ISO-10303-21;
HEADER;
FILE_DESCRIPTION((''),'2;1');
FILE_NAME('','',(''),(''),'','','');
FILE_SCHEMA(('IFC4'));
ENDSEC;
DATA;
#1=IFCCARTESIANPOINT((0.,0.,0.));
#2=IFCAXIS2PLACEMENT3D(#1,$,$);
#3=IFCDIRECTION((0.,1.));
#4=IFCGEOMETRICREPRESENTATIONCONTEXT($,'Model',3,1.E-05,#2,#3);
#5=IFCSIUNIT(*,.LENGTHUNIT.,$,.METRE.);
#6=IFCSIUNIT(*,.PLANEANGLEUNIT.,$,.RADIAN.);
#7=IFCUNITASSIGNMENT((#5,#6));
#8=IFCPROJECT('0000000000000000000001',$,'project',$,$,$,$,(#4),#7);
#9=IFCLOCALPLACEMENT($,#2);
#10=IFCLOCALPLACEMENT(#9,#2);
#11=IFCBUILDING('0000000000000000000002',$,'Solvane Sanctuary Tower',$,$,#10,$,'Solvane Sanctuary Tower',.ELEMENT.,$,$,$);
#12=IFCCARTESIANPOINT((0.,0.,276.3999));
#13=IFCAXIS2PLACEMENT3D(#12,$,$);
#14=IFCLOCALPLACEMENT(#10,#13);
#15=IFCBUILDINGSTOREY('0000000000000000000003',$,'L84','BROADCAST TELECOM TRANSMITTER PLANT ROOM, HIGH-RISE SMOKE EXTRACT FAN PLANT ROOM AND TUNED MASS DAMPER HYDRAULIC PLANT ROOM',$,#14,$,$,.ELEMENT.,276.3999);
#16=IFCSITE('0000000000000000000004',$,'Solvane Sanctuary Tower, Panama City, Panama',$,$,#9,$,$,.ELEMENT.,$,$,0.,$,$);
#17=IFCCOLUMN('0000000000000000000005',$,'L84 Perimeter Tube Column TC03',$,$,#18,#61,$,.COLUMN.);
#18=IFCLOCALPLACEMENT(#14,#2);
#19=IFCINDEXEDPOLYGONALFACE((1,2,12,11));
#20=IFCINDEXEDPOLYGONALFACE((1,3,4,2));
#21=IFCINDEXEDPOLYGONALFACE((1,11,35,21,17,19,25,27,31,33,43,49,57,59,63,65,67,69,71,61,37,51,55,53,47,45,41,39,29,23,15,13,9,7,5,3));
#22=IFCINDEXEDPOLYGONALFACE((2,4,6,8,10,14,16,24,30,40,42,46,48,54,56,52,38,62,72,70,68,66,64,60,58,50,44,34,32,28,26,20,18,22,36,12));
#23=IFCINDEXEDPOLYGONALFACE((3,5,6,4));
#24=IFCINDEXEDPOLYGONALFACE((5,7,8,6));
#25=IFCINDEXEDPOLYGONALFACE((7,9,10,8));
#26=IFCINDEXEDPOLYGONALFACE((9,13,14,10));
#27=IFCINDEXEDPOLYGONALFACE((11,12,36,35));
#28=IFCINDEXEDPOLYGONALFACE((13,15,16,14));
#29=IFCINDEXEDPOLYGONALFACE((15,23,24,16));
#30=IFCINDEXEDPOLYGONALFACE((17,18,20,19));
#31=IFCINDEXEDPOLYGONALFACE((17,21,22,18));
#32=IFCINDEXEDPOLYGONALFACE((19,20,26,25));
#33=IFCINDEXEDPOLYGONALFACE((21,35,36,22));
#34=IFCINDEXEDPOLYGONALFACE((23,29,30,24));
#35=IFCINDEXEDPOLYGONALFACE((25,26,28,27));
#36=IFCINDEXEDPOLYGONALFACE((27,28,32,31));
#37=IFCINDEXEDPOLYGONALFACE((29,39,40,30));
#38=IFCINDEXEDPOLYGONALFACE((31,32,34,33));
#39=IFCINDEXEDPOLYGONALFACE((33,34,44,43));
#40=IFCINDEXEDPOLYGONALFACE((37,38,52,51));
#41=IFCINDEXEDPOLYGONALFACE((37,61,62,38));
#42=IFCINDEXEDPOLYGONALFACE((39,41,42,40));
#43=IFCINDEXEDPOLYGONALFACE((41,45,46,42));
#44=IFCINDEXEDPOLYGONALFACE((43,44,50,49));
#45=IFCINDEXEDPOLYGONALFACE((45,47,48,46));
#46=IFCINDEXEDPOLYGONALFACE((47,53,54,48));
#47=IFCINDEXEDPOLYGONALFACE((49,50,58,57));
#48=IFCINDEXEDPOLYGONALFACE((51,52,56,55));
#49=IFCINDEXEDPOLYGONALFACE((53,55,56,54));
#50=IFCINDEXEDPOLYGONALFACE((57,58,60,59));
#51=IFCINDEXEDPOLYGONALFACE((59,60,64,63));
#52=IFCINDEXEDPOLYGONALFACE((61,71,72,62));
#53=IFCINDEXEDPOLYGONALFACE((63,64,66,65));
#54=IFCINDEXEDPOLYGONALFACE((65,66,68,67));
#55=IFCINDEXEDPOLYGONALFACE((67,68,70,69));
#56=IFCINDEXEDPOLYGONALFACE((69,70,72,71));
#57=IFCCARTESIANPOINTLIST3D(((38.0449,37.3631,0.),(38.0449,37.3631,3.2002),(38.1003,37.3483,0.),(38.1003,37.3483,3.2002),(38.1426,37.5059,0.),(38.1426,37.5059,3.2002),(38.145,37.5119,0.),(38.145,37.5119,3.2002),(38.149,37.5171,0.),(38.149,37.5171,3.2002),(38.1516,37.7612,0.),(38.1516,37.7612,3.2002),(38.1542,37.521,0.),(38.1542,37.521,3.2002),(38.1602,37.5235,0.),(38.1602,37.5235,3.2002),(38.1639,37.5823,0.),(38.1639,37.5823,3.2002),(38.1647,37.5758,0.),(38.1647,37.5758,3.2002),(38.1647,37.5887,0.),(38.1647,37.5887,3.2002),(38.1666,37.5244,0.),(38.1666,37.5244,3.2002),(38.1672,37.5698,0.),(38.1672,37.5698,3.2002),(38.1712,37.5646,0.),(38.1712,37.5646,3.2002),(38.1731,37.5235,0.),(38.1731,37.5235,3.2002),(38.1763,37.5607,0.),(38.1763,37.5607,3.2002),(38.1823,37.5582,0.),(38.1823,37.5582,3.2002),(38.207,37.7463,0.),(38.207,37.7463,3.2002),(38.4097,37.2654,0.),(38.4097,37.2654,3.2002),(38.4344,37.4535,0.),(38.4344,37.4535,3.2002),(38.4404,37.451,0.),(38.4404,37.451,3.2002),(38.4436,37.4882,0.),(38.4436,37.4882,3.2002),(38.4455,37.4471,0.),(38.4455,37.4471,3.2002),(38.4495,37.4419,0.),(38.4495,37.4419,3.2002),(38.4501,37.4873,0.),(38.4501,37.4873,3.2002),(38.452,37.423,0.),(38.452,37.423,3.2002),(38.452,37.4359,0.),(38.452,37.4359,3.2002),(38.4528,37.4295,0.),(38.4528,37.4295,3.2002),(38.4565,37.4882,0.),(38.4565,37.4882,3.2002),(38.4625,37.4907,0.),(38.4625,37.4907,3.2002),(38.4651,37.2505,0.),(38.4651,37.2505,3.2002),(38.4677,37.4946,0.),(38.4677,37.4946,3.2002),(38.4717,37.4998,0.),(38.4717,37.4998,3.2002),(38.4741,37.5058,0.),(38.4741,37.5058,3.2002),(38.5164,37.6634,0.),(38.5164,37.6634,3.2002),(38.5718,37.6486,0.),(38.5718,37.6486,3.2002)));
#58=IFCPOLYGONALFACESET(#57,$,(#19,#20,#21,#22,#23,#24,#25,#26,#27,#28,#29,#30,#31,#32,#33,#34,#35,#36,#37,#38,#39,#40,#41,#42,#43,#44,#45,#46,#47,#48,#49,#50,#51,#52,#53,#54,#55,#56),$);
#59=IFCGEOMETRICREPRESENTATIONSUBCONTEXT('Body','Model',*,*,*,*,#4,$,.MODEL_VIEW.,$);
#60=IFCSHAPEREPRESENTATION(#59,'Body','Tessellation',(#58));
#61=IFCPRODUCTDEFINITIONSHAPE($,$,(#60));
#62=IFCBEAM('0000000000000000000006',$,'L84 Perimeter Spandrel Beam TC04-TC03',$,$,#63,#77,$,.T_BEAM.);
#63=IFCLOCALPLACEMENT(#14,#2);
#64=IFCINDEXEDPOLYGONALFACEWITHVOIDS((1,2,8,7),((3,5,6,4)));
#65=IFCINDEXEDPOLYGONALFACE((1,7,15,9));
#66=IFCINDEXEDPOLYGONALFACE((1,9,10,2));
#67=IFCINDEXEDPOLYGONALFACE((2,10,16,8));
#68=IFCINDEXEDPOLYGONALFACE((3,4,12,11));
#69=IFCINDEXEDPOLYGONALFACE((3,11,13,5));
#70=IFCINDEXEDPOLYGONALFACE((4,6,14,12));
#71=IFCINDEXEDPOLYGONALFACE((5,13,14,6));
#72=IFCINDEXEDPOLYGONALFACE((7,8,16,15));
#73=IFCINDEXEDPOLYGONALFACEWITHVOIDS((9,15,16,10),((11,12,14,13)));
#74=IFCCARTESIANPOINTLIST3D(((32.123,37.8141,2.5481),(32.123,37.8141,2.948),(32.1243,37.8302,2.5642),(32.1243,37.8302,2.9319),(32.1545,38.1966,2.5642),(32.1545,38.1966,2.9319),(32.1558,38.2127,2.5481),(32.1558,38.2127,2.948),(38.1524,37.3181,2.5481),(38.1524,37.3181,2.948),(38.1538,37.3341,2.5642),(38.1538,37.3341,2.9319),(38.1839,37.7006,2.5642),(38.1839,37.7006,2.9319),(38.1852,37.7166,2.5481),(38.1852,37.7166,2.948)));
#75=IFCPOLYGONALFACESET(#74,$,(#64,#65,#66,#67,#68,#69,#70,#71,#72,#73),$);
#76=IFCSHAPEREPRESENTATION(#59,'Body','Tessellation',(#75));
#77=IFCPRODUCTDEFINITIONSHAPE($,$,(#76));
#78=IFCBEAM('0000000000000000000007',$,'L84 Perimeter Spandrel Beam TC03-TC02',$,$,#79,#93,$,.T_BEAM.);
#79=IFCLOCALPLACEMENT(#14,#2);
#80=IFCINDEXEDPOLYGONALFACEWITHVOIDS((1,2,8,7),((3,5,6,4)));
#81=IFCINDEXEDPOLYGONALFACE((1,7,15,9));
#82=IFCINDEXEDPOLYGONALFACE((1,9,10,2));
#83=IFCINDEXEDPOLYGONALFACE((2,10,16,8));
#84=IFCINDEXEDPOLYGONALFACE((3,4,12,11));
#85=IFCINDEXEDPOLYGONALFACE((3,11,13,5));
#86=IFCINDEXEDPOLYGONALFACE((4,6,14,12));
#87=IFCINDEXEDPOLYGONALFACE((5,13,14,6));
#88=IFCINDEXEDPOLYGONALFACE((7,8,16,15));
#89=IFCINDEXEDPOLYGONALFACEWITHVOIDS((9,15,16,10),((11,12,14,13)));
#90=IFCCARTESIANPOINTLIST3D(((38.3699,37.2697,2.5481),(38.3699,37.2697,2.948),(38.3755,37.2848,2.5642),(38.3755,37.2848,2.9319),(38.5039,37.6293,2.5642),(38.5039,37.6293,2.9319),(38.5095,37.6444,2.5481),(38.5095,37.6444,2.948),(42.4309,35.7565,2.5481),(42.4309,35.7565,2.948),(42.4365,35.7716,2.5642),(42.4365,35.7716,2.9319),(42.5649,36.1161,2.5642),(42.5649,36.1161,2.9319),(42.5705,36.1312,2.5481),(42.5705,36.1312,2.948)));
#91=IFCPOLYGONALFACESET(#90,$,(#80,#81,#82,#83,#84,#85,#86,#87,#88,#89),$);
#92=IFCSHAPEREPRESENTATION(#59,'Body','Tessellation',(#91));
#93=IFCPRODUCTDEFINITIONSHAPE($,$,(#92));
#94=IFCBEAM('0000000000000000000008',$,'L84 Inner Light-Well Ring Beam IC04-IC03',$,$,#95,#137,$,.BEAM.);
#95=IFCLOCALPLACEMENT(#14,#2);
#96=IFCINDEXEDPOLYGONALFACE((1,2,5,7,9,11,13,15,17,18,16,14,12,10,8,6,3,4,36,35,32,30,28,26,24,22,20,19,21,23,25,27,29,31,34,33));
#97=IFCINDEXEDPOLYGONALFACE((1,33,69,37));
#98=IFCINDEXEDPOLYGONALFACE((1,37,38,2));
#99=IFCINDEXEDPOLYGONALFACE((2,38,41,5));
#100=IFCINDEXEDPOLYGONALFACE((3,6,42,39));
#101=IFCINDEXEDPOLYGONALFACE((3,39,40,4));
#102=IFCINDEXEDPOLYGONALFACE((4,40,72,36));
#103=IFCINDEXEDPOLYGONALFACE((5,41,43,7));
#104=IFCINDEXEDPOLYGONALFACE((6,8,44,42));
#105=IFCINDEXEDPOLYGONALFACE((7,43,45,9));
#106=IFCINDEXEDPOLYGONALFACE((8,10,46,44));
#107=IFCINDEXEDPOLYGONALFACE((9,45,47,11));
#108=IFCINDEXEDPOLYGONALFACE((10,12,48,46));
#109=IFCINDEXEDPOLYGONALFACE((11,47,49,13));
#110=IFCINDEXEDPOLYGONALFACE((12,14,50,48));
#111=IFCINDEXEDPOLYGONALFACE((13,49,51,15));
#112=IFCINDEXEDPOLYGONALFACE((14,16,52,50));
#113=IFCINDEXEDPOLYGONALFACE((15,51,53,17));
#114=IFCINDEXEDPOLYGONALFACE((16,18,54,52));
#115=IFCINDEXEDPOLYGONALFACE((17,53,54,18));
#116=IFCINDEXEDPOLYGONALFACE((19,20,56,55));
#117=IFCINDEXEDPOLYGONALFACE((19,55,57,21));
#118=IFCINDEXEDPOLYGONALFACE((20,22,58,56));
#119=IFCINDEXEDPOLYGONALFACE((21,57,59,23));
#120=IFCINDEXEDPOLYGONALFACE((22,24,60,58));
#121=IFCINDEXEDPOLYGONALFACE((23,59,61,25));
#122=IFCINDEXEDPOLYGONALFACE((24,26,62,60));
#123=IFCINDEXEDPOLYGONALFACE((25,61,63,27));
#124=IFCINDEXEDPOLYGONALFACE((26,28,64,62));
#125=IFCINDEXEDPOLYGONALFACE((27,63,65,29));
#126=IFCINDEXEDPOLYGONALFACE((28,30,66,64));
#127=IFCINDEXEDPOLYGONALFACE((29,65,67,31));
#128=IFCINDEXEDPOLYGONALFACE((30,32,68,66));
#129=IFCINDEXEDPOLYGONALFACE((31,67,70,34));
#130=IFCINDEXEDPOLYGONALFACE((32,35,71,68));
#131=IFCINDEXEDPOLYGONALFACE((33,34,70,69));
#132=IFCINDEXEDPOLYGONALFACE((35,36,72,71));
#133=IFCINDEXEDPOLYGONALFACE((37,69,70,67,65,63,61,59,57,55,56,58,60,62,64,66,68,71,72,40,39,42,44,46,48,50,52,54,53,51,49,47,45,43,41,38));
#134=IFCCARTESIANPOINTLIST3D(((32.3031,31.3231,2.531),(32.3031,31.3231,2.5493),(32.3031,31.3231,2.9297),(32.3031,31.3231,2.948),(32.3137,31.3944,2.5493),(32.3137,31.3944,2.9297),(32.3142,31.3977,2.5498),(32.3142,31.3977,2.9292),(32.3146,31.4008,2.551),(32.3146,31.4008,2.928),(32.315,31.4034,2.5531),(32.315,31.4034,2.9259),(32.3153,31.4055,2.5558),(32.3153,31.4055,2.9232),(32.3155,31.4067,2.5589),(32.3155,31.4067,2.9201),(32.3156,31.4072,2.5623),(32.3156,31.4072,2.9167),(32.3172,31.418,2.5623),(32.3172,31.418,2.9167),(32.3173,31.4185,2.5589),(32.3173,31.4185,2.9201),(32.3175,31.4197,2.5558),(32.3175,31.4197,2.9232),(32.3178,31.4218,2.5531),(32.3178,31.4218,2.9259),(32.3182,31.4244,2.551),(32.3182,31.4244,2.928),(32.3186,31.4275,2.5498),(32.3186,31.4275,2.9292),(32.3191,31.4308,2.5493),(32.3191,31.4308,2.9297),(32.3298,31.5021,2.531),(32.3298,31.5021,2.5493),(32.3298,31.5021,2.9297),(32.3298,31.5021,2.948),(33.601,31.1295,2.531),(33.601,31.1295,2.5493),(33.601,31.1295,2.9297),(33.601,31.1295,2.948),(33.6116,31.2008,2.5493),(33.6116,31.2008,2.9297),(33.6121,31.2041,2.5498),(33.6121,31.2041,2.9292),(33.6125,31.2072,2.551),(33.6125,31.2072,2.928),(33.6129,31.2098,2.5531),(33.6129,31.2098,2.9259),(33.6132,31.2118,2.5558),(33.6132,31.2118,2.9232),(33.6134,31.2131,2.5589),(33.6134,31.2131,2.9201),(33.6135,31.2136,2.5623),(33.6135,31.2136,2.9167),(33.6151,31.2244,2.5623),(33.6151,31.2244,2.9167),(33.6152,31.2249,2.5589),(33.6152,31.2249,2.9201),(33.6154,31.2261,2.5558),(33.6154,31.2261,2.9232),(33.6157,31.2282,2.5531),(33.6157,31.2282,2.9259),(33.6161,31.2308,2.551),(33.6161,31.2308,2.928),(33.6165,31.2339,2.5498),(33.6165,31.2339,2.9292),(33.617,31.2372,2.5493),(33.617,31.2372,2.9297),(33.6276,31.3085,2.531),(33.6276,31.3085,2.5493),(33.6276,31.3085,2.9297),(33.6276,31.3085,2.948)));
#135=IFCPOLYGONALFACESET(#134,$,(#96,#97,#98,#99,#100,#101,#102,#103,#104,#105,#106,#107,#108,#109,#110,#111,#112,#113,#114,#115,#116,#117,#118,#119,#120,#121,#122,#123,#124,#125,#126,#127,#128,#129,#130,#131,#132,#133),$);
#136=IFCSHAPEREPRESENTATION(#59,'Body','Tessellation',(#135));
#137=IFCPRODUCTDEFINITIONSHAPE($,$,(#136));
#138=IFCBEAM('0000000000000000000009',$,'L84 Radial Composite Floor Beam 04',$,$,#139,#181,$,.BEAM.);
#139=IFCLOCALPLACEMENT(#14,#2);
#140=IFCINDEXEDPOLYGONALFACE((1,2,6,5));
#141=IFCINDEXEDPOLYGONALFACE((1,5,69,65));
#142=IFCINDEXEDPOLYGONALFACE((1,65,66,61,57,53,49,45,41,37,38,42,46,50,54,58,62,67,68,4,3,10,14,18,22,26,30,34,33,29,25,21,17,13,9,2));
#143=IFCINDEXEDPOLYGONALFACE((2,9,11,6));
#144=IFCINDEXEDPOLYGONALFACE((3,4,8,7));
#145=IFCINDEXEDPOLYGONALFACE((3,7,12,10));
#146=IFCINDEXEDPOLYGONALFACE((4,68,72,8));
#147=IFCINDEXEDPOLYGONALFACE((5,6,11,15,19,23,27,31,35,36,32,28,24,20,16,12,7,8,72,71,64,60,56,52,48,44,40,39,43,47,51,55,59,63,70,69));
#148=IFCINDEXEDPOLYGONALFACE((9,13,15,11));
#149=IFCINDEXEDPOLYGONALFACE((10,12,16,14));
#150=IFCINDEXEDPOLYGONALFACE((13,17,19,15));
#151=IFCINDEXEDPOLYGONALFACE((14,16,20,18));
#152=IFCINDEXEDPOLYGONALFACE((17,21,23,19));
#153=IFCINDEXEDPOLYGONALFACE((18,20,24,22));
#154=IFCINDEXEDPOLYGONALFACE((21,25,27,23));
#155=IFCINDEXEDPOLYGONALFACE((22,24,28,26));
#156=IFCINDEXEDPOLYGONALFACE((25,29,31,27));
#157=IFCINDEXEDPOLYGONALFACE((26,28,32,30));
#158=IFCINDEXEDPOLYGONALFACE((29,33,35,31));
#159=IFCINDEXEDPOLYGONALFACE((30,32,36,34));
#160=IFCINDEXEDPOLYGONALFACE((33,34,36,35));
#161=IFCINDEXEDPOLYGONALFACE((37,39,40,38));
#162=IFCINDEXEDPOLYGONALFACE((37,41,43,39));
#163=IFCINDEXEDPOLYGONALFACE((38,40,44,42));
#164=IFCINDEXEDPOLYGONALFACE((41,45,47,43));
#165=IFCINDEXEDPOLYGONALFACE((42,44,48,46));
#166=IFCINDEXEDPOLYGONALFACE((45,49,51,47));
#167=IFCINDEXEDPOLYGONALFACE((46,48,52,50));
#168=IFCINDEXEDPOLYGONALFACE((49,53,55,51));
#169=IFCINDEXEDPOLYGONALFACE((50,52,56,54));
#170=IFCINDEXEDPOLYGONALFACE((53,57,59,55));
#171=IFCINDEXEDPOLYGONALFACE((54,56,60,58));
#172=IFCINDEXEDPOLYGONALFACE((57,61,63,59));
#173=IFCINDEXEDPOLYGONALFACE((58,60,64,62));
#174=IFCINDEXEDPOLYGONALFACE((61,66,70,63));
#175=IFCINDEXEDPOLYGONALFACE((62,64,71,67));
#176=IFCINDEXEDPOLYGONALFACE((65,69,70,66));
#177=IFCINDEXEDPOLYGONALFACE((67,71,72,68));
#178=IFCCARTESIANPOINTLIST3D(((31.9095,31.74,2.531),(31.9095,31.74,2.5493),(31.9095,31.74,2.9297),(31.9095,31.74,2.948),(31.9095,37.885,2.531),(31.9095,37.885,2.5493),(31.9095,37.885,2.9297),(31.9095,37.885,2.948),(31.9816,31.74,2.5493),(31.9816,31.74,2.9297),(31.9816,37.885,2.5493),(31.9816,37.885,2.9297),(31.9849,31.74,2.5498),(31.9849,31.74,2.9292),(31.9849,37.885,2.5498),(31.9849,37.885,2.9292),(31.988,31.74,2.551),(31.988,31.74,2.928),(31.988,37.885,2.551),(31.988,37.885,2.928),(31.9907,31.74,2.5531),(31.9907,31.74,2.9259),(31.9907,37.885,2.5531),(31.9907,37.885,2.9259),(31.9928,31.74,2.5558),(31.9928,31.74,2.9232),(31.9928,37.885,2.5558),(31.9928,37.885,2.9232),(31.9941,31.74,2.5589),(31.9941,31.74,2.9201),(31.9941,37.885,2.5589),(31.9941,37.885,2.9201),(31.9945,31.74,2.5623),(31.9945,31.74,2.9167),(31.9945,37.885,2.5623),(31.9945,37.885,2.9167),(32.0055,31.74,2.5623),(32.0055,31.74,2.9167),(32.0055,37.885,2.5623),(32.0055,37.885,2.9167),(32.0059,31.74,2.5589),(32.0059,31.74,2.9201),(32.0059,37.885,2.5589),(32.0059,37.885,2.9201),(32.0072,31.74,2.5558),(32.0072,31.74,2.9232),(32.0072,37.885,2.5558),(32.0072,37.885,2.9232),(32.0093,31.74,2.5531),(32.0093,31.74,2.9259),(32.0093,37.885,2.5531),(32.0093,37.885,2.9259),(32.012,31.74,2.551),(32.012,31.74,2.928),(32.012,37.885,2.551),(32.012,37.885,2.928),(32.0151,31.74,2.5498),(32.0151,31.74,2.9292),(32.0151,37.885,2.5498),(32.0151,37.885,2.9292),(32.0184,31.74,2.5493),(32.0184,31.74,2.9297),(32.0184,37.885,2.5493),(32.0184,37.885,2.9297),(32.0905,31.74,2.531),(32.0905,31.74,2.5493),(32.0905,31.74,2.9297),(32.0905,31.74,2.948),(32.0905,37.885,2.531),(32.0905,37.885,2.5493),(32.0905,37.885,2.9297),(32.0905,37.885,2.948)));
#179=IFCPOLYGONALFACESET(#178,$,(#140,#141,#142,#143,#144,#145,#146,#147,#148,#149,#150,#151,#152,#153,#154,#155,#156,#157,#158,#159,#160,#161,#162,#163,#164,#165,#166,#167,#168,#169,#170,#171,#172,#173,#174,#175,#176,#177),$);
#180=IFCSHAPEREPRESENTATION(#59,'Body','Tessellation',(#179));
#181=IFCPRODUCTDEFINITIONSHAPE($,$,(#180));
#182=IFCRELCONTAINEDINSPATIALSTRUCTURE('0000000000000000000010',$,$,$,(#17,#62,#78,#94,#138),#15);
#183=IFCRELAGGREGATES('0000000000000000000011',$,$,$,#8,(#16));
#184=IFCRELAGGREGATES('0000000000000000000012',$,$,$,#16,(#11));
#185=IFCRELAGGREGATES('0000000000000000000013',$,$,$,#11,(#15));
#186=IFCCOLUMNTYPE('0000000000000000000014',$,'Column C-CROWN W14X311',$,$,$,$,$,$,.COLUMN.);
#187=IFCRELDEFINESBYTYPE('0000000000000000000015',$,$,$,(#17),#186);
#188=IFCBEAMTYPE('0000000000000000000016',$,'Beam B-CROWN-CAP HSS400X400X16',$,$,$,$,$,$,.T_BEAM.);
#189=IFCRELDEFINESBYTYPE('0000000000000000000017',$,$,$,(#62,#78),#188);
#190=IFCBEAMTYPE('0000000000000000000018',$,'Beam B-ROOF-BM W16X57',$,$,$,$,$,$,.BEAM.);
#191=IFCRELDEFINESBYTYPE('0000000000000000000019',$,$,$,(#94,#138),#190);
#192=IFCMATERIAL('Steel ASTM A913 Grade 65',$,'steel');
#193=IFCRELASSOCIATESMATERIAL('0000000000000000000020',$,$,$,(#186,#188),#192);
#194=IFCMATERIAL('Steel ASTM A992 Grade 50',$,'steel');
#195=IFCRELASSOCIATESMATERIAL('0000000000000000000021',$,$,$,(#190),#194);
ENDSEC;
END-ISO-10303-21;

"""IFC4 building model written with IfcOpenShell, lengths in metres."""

from ifc_helpers import new_model, si_unit, direction, frame, origin, origin_2d, place, context, subcontext, project, spatial, hollow_rectangle, i_section, extrude, material, material_profile, profile_set, type_object, element, save


model = new_model("IFC4")

# Units and contexts
model_context = context("Model", 3, precision=1e-05, world=origin(), true_north=direction((0.0, 1.0)))
body_context = subcontext(model_context, "Body", "Model", "MODEL_VIEW")
ifc_project = project(units=[si_unit("LENGTHUNIT", "METRE"), si_unit("PLANEANGLEUNIT", "RADIAN")], contexts=[model_context])

# Site, building, storey
site_placement = place(None, origin())
site = spatial("IfcSite", under=ifc_project, at=site_placement, Name="Solvane Sanctuary Tower, Panama City, Panama", CompositionType="ELEMENT", RefElevation=0.0)
building_placement = place(site_placement, origin())
building = spatial("IfcBuilding", under=site, at=building_placement, Name="Solvane Sanctuary Tower", LongName="Solvane Sanctuary Tower", CompositionType="ELEMENT")
storey_placement = place(building_placement, frame((0.0, 0.0, 276.3999)))
storey = spatial("IfcBuildingStorey", under=building, at=storey_placement, Name="L84", Description="BROADCAST TELECOM TRANSMITTER PLANT ROOM, HIGH-RISE SMOKE EXTRACT FAN PLANT ROOM AND TUNED MASS DAMPER HYDRAULIC PLANT ROOM", CompositionType="ELEMENT", Elevation=276.3999)

# Column
ifc_material_1 = material(Name="Steel ASTM A913 Grade 65", Category="steel")
ifc_material_profile_1 = material_profile(ifc_material_1, i_section(OverallWidth=0.4121, OverallDepth=0.4351, WebThickness=0.0359, FlangeThickness=0.0574, FilletRadius=0.0249, at=origin_2d()), Name="W14X311")
ifc_profile_set_1 = profile_set([ifc_material_profile_1], Name="Steel ASTM A913 Grade 65")
column_type = type_object("IfcColumnType", Name="Column C-CROWN W14X311", PredefinedType="COLUMN", material=ifc_profile_set_1)
column_placement = place(storey_placement, frame((38.3083, 37.5059, 0.0), z_axis=(0.0, 0.0, 1.0), x_axis=(0.258819, 0.965926, 0.0)))
element("IfcColumn", 1, at=column_placement, inside=storey, type_object=column_type, Name="L84 Perimeter Tube Column TC03", PredefinedType="COLUMN", context=body_context, shape_type="SweptSolid", body=[
    extrude(i_section(OverallWidth=0.4121, OverallDepth=0.4351, WebThickness=0.0359, FlangeThickness=0.0574, FilletRadius=0.0249, at=origin_2d()), origin(), (0.0, 0.0, 1.0), 3.2002),
])

# Beams
ifc_material_profile_2 = material_profile(ifc_material_1, hollow_rectangle(XDim=0.3999, YDim=0.3999, WallThickness=0.0161, at=origin_2d()), Name="HSS400X400X16")
ifc_profile_set_2 = profile_set([ifc_material_profile_2], Name="Steel ASTM A913 Grade 65")
beam_type_1 = type_object("IfcBeamType", Name="Beam B-CROWN-CAP HSS400X400X16", PredefinedType="T_BEAM", material=ifc_profile_set_2)
beam_1_placement = place(storey_placement, frame((32.1394, 38.0134, 2.748), z_axis=(0.996632, -0.082, 0.0), x_axis=(0.082, 0.996632, 0.0)))
element("IfcBeam", 2, at=beam_1_placement, inside=storey, type_object=beam_type_1, Name="L84 Perimeter Spandrel Beam TC04-TC03", PredefinedType="T_BEAM", context=body_context, shape_type="SweptSolid", body=[
    extrude(hollow_rectangle(XDim=0.3999, YDim=0.3999, WallThickness=0.0161, at=origin_2d()), origin(), (0.0, 0.0, 1.0), 6.0498),
])
beam_2_placement = place(storey_placement, frame((38.4397, 37.457, 2.748), z_axis=(0.937063, -0.349159, 0.0), x_axis=(0.349159, 0.937063, 0.0)))
element("IfcBeam", 3, at=beam_2_placement, inside=storey, type_object=beam_type_1, Name="L84 Perimeter Spandrel Beam TC03-TC02", PredefinedType="T_BEAM", context=body_context, shape_type="SweptSolid", body=[
    extrude(hollow_rectangle(XDim=0.3999, YDim=0.3999, WallThickness=0.0161, at=origin_2d()), origin(), (0.0, 0.0, 1.0), 4.3337),
])
ifc_material_2 = material(Name="Steel ASTM A992 Grade 50", Category="steel")
ifc_material_profile_3 = material_profile(ifc_material_2, i_section(OverallWidth=0.1809, OverallDepth=0.417, WebThickness=0.011, FlangeThickness=0.0183, FilletRadius=0.0129, at=origin_2d()), Name="W16X57")
ifc_profile_set_3 = profile_set([ifc_material_profile_3], Name="Steel ASTM A992 Grade 50")
beam_type_2 = type_object("IfcBeamType", Name="Beam B-ROOF-BM W16X57", PredefinedType="BEAM", material=ifc_profile_set_3)
beam_3_placement = place(storey_placement, frame((32.3164, 31.4126, 2.7395), z_axis=(0.989056, -0.14754, 0.0), x_axis=(0.14754, 0.989056, 0.0)))
element("IfcBeam", 4, at=beam_3_placement, inside=storey, type_object=beam_type_2, Name="L84 Inner Light-Well Ring Beam IC04-IC03", PredefinedType="BEAM", context=body_context, shape_type="SweptSolid", body=[
    extrude(i_section(OverallWidth=0.1809, OverallDepth=0.417, WebThickness=0.011, FlangeThickness=0.0183, FilletRadius=0.0129, at=origin_2d()), origin(), (0.0, 0.0, 1.0), 1.3123),
])
beam_4_placement = place(storey_placement, frame((32.0, 31.74, 2.7395), z_axis=(0.0, 1.0, 0.0), x_axis=(-1.0, 0.0, 0.0)))
element("IfcBeam", 5, at=beam_4_placement, inside=storey, type_object=beam_type_2, Name="L84 Radial Composite Floor Beam 04", PredefinedType="BEAM", context=body_context, shape_type="SweptSolid", body=[
    extrude(i_section(OverallWidth=0.1809, OverallDepth=0.417, WebThickness=0.011, FlangeThickness=0.0183, FilletRadius=0.0129, at=origin_2d()), origin(), (0.0, 0.0, 1.0), 6.145),
])

save(model, "model.ifc")
